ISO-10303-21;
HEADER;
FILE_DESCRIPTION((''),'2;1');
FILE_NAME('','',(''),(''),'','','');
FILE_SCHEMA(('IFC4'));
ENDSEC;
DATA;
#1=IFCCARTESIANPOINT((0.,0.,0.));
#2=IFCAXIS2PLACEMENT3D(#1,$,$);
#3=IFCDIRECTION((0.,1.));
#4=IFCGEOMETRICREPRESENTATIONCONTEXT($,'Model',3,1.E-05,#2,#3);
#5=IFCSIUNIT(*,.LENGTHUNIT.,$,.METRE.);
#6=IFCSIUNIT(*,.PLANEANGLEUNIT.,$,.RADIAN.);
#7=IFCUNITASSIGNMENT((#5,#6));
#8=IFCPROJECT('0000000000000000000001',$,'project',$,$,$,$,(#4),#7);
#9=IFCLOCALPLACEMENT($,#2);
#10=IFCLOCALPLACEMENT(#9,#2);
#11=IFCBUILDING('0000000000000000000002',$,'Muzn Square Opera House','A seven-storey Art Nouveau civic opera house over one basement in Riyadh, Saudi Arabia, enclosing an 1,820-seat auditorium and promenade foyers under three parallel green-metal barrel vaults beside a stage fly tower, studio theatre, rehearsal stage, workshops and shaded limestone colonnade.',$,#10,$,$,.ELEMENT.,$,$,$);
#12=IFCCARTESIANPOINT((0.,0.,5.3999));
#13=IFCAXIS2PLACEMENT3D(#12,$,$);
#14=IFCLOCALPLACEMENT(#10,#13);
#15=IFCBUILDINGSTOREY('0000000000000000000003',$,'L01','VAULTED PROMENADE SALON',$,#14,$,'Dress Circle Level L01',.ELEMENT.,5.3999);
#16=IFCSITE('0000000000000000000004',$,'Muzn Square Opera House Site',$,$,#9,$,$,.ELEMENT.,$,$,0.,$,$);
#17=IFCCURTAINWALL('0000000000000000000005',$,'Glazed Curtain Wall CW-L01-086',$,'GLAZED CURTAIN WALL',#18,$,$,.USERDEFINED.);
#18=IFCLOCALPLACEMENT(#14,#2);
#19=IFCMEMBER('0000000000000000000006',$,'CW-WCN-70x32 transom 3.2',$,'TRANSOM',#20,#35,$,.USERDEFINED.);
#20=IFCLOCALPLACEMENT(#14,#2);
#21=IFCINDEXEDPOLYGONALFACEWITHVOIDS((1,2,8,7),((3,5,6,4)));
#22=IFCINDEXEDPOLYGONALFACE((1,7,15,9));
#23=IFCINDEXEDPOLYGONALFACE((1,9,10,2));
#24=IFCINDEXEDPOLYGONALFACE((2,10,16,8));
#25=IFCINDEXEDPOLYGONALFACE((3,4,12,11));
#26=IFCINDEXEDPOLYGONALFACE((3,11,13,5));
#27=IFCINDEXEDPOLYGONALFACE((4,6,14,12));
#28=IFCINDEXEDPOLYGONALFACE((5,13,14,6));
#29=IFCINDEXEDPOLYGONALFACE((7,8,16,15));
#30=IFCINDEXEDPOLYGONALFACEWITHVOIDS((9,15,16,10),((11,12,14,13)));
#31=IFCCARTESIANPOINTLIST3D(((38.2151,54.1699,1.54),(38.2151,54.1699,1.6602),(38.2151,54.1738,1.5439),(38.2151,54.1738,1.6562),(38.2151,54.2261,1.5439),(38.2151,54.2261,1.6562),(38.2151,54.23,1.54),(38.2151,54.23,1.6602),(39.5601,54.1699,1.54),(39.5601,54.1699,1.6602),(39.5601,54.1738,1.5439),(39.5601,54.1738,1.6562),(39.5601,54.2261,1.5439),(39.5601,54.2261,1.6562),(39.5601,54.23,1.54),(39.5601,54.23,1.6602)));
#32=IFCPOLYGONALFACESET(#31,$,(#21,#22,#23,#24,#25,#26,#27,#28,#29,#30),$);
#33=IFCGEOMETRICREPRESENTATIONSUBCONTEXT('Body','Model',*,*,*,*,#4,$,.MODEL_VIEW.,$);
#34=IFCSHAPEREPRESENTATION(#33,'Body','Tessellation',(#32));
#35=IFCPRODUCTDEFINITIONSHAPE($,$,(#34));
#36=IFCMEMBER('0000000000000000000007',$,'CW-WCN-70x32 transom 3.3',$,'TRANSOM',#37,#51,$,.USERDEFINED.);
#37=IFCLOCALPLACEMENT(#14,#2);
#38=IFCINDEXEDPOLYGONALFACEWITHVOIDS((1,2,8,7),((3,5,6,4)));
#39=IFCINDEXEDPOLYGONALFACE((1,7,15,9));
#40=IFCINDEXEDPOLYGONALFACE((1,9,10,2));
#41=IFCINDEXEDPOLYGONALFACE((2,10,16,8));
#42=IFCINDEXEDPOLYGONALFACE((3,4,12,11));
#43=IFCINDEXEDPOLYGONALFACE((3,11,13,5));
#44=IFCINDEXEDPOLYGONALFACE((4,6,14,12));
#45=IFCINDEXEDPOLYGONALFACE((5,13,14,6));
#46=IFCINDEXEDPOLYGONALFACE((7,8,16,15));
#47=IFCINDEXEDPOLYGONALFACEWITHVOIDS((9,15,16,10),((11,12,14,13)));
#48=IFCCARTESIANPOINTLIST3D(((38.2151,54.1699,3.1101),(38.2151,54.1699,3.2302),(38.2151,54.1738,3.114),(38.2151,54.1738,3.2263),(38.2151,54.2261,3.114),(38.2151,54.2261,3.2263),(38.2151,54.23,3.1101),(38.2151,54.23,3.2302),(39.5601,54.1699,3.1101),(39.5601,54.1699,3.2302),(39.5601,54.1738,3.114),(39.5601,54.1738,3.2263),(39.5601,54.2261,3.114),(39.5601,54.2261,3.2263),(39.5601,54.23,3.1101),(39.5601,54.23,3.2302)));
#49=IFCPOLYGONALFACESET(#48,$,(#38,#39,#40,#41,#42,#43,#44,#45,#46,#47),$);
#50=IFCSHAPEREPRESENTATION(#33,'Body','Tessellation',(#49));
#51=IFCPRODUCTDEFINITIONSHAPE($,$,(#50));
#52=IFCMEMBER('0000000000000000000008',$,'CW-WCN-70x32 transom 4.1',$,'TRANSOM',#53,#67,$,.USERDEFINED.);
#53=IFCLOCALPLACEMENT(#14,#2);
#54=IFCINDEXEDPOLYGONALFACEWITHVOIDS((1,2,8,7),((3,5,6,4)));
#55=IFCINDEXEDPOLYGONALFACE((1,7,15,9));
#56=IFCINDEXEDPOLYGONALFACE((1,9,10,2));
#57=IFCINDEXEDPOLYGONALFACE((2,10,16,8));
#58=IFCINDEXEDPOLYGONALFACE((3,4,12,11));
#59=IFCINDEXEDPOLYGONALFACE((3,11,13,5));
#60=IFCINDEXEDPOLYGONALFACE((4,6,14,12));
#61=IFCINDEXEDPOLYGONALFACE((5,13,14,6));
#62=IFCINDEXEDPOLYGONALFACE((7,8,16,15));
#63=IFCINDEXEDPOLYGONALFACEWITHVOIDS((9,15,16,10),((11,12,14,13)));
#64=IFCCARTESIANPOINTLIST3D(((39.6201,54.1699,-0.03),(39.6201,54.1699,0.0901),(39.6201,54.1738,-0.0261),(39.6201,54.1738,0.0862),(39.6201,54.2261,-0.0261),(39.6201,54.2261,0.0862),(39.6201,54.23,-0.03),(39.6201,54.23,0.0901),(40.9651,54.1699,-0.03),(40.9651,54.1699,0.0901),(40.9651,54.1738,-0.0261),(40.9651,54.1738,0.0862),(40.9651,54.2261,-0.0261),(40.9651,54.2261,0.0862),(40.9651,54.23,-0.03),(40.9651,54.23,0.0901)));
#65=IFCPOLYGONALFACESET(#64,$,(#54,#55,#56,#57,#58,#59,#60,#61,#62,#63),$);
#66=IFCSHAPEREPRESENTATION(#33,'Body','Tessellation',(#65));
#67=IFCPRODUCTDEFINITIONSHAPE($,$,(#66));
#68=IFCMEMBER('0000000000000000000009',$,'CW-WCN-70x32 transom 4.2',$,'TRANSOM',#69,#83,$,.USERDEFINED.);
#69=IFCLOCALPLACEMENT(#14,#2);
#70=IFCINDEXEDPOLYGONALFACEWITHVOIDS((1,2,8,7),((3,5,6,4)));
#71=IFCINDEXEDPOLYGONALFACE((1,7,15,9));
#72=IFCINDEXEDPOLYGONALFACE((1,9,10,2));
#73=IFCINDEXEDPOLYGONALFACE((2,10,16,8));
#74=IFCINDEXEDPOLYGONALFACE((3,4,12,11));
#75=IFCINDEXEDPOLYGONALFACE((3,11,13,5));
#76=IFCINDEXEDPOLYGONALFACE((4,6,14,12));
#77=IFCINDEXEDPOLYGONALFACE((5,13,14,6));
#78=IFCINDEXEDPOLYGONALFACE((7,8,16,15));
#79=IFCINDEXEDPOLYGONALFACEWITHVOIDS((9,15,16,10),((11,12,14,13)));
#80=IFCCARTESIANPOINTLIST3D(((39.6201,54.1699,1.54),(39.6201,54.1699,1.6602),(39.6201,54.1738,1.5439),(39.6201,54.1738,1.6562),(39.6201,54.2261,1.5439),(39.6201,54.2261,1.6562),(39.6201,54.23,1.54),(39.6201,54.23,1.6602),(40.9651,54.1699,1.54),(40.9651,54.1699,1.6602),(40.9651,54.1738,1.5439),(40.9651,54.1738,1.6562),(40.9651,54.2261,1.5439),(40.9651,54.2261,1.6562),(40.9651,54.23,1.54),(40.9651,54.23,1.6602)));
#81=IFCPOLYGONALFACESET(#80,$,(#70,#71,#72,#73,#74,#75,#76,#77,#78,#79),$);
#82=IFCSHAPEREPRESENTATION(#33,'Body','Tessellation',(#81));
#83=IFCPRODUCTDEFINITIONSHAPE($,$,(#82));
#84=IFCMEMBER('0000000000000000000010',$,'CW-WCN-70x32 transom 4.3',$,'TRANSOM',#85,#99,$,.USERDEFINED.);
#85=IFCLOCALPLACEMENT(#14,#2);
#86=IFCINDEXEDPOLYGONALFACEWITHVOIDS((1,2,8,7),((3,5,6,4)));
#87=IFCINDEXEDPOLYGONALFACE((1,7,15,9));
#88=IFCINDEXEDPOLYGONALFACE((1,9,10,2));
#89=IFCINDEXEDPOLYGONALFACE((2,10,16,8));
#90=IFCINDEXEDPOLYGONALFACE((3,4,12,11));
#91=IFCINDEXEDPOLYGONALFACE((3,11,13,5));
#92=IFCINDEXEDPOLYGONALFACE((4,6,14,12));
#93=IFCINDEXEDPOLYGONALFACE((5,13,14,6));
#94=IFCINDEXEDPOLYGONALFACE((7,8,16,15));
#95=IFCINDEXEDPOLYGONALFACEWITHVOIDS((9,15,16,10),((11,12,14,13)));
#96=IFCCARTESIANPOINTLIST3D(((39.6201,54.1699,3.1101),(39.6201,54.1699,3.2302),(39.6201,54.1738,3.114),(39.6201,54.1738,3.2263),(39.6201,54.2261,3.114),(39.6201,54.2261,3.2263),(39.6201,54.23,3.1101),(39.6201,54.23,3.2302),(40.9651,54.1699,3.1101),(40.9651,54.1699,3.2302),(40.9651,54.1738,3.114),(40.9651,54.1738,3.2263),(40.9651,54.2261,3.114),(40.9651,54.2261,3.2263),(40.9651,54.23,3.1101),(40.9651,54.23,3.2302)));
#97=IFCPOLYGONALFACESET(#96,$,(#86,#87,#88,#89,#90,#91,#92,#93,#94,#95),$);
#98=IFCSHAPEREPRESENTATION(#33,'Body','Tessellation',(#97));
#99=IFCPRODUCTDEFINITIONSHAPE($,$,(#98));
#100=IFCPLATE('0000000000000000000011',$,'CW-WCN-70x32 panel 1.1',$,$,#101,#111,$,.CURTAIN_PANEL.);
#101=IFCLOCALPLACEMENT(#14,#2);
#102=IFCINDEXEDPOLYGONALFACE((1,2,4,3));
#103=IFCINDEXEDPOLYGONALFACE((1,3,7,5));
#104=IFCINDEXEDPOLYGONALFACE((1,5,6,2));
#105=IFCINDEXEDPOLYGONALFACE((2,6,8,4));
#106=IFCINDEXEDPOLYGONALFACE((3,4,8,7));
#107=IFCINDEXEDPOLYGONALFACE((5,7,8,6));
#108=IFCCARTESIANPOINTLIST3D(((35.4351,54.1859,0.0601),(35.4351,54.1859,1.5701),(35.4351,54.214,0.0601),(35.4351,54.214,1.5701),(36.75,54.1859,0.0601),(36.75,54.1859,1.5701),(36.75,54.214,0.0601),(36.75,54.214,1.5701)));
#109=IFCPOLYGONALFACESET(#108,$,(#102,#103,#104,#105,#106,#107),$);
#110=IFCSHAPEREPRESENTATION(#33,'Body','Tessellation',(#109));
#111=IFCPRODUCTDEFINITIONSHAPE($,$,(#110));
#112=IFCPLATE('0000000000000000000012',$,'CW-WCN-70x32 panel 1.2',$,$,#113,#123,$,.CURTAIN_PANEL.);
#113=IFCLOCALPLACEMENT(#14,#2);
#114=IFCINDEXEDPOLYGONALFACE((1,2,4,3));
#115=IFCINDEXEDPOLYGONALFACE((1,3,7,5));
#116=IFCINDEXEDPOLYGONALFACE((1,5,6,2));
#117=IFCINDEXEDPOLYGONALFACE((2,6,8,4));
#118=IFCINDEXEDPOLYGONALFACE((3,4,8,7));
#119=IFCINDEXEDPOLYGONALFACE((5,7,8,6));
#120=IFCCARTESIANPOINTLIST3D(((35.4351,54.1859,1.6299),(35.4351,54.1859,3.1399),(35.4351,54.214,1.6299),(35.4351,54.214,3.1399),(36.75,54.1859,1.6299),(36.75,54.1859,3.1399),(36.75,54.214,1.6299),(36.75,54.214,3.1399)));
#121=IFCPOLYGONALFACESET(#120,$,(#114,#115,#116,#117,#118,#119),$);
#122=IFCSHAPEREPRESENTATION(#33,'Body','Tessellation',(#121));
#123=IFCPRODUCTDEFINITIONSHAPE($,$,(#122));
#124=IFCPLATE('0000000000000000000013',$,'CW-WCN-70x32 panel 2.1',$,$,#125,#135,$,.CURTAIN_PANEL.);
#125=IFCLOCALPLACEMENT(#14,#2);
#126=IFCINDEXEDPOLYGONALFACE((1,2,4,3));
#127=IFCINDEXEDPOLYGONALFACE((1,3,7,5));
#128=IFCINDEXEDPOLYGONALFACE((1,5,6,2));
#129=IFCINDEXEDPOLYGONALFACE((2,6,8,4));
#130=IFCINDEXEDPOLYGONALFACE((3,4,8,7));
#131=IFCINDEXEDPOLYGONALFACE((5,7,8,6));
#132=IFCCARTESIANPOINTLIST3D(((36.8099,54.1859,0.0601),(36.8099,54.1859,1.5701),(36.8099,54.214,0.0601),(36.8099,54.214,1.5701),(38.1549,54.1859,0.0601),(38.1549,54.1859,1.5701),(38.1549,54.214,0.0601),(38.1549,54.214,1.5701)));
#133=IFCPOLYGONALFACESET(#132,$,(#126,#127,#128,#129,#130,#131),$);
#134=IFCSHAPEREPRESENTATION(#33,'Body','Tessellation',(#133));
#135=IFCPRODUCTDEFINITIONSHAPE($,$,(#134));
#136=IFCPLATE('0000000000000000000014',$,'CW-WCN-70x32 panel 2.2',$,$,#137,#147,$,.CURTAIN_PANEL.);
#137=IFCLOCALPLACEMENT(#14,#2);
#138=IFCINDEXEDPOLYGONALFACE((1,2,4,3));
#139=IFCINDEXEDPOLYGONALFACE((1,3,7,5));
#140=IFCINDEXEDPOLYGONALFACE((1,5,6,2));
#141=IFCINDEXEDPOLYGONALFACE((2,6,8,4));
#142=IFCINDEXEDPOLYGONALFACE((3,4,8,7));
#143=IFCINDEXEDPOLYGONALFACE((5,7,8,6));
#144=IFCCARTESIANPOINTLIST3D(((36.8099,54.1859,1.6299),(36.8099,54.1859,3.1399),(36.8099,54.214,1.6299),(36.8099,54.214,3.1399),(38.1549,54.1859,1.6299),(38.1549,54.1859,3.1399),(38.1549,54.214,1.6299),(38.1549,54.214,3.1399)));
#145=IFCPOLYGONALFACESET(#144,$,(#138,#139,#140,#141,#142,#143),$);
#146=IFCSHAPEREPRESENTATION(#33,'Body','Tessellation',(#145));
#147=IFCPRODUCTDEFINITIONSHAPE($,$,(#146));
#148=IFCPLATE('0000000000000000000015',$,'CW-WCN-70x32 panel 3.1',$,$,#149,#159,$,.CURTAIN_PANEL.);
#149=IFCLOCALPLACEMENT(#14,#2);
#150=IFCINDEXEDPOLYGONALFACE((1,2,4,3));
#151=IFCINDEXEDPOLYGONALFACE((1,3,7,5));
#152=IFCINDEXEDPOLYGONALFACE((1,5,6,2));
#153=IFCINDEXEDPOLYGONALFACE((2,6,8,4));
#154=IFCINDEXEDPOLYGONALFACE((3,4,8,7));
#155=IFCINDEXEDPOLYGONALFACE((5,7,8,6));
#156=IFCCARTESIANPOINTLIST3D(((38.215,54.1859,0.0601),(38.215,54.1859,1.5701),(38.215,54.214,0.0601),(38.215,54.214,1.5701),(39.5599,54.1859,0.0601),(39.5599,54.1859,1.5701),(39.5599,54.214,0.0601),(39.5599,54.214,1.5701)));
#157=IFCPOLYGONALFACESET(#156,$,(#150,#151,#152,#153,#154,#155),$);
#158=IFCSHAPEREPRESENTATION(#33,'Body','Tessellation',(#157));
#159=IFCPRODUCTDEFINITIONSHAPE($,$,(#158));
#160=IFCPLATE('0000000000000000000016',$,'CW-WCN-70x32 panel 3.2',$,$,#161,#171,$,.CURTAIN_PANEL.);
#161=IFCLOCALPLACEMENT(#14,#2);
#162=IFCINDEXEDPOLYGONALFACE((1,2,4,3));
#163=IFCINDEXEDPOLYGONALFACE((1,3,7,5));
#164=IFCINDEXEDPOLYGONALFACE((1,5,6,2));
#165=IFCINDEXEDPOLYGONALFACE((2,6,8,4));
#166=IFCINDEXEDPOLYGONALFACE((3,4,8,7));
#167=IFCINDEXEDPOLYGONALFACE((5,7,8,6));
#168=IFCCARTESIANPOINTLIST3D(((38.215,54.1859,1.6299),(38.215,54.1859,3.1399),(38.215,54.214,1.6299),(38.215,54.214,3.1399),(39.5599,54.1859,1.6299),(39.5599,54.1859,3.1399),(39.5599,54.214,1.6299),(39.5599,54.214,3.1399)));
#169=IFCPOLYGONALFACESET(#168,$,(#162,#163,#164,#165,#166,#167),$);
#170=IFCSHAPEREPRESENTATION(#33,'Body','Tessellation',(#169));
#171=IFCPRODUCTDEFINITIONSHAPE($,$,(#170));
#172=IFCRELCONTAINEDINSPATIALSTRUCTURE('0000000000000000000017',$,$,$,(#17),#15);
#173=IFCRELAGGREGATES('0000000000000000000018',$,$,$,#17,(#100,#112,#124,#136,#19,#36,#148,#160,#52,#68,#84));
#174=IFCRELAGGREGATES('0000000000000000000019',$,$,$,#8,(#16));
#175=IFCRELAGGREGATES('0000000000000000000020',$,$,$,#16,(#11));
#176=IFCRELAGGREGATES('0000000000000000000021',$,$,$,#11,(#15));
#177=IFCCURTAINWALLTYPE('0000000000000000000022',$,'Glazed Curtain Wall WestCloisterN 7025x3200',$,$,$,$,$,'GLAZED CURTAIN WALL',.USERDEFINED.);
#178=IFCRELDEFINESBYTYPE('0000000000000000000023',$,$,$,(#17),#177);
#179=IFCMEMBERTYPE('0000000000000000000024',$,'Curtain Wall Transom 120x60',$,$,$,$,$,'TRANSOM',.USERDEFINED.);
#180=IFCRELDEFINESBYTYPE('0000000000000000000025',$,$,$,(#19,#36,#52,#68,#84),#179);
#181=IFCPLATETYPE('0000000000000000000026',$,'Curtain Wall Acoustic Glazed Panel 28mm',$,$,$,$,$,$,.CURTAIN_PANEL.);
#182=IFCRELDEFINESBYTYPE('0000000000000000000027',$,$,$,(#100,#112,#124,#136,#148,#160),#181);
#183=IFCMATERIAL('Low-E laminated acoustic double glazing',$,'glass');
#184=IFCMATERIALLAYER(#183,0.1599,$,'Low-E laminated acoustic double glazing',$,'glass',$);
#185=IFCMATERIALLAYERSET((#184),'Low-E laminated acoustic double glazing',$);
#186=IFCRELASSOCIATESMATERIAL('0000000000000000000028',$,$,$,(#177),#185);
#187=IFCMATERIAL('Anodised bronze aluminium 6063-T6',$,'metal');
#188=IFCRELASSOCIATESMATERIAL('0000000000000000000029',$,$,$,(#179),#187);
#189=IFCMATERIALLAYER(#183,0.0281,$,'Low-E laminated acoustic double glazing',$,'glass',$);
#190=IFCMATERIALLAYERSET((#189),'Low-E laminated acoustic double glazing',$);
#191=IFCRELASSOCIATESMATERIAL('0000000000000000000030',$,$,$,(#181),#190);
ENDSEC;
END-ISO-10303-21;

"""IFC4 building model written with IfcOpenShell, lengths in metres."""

from ifc_helpers import new_model, si_unit, direction, frame, origin, origin_2d, place, context, subcontext, project, spatial, rectangle, hollow_rectangle, extrude, material, layer, layer_set, material_profile, profile_set, type_object, element, aggregate, save


model = new_model("IFC4")

# Units and contexts
model_context = context("Model", 3, precision=1e-05, world=origin(), true_north=direction((0.0, 1.0)))
body_context = subcontext(model_context, "Body", "Model", "MODEL_VIEW")
ifc_project = project(units=[si_unit("LENGTHUNIT", "METRE"), si_unit("PLANEANGLEUNIT", "RADIAN")], contexts=[model_context])

# Site, building, storey
site_placement = place(None, origin())
site = spatial("IfcSite", under=ifc_project, at=site_placement, Name="Muzn Square Opera House Site", CompositionType="ELEMENT", RefElevation=0.0)
building_placement = place(site_placement, origin())
building = spatial("IfcBuilding", under=site, at=building_placement, Name="Muzn Square Opera House", Description="A seven-storey Art Nouveau civic opera house over one basement in Riyadh, Saudi Arabia, enclosing an 1,820-seat auditorium and promenade foyers under three parallel green-metal barrel vaults beside a stage fly tower, studio theatre, rehearsal stage, workshops and shaded limestone colonnade.", CompositionType="ELEMENT")
storey_placement = place(building_placement, frame((0.0, 0.0, 5.3999)))
storey = spatial("IfcBuildingStorey", under=building, at=storey_placement, Name="L01", Description="VAULTED PROMENADE SALON", LongName="Dress Circle Level L01", CompositionType="ELEMENT", Elevation=5.3999)

# Curtain wall, members, plates
ifc_material_1 = material(Name="Low-E laminated acoustic double glazing", Category="glass")
ifc_layer_1 = layer(ifc_material_1, 0.1599, Name="Low-E laminated acoustic double glazing", Category="glass")
ifc_layer_set_1 = layer_set([ifc_layer_1], Name="Low-E laminated acoustic double glazing")
curtain_wall_type = type_object("IfcCurtainWallType", Name="Glazed Curtain Wall WestCloisterN 7025x3200", ElementType="GLAZED CURTAIN WALL", PredefinedType="USERDEFINED", material=ifc_layer_set_1)
curtain_wall_placement = place(storey_placement, origin())
curtain_wall = element("IfcCurtainWall", 1, at=curtain_wall_placement, inside=storey, type_object=curtain_wall_type, Name="Glazed Curtain Wall CW-L01-086", ObjectType="GLAZED CURTAIN WALL", PredefinedType="USERDEFINED")
ifc_material_2 = material(Name="Anodised bronze aluminium 6063-T6", Category="metal")
ifc_material_profile_1 = material_profile(ifc_material_2, hollow_rectangle(XDim=0.0601, YDim=0.1201, WallThickness=0.0039, at=origin_2d()), Name="ALU 120x60x4", Category="metal")
ifc_profile_set_1 = profile_set([ifc_material_profile_1], Name="Anodised bronze aluminium 6063-T6")
member_type_1 = type_object("IfcMemberType", Name="Curtain Wall Transom 120x60", ElementType="TRANSOM", PredefinedType="USERDEFINED", material=ifc_profile_set_1)
member_1_placement = place(storey_placement, frame((38.2151, 54.2, 1.6001), z_axis=(1.0, 0.0, 0.0), x_axis=(0.0, 1.0, 0.0)))
member_1 = element("IfcMember", 2, at=member_1_placement, type_object=member_type_1, Name="CW-WCN-70x32 transom 3.2", ObjectType="TRANSOM", PredefinedType="USERDEFINED", context=body_context, shape_type="SweptSolid", body=[
    extrude(hollow_rectangle(XDim=0.0601, YDim=0.1201, WallThickness=0.0039, at=origin_2d()), origin(), (0.0, 0.0, 1.0), 1.345),
])
member_2_placement = place(storey_placement, frame((38.2151, 54.2, 3.1702), z_axis=(1.0, 0.0, 0.0), x_axis=(0.0, 1.0, 0.0)))
member_2 = element("IfcMember", 3, at=member_2_placement, type_object=member_type_1, Name="CW-WCN-70x32 transom 3.3", ObjectType="TRANSOM", PredefinedType="USERDEFINED", context=body_context, shape_type="SweptSolid", body=[
    extrude(hollow_rectangle(XDim=0.0601, YDim=0.1201, WallThickness=0.0039, at=origin_2d()), origin(), (0.0, 0.0, 1.0), 1.345),
])
member_3_placement = place(storey_placement, frame((39.6201, 54.2, 0.03), z_axis=(1.0, 0.0, 0.0), x_axis=(0.0, 1.0, 0.0)))
member_3 = element("IfcMember", 4, at=member_3_placement, type_object=member_type_1, Name="CW-WCN-70x32 transom 4.1", ObjectType="TRANSOM", PredefinedType="USERDEFINED", context=body_context, shape_type="SweptSolid", body=[
    extrude(hollow_rectangle(XDim=0.0601, YDim=0.1201, WallThickness=0.0039, at=origin_2d()), origin(), (0.0, 0.0, 1.0), 1.345),
])
member_4_placement = place(storey_placement, frame((39.6201, 54.2, 1.6001), z_axis=(1.0, 0.0, 0.0), x_axis=(0.0, 1.0, 0.0)))
member_4 = element("IfcMember", 5, at=member_4_placement, type_object=member_type_1, Name="CW-WCN-70x32 transom 4.2", ObjectType="TRANSOM", PredefinedType="USERDEFINED", context=body_context, shape_type="SweptSolid", body=[
    extrude(hollow_rectangle(XDim=0.0601, YDim=0.1201, WallThickness=0.0039, at=origin_2d()), origin(), (0.0, 0.0, 1.0), 1.345),
])
member_5_placement = place(storey_placement, frame((39.6201, 54.2, 3.1702), z_axis=(1.0, 0.0, 0.0), x_axis=(0.0, 1.0, 0.0)))
member_5 = element("IfcMember", 6, at=member_5_placement, type_object=member_type_1, Name="CW-WCN-70x32 transom 4.3", ObjectType="TRANSOM", PredefinedType="USERDEFINED", context=body_context, shape_type="SweptSolid", body=[
    extrude(hollow_rectangle(XDim=0.0601, YDim=0.1201, WallThickness=0.0039, at=origin_2d()), origin(), (0.0, 0.0, 1.0), 1.345),
])
ifc_layer_2 = layer(ifc_material_1, 0.0281, Name="Low-E laminated acoustic double glazing", Category="glass")
ifc_layer_set_2 = layer_set([ifc_layer_2], Name="Low-E laminated acoustic double glazing")
plate_type = type_object("IfcPlateType", Name="Curtain Wall Acoustic Glazed Panel 28mm", PredefinedType="CURTAIN_PANEL", material=ifc_layer_set_2)
plate_1_placement = place(storey_placement, frame((36.0925, 54.2, 0.0601), z_axis=(0.0, 0.0, 1.0), x_axis=(1.0, 0.0, 0.0)))
plate_1 = element("IfcPlate", 7, at=plate_1_placement, type_object=plate_type, Name="CW-WCN-70x32 panel 1.1", PredefinedType="CURTAIN_PANEL", context=body_context, shape_type="SweptSolid", body=[
    extrude(rectangle(XDim=1.3149, YDim=0.0281, at=origin_2d()), origin(), (0.0, 0.0, 1.0), 1.51),
])
plate_2_placement = place(storey_placement, frame((36.0925, 54.2, 1.6299), z_axis=(0.0, 0.0, 1.0), x_axis=(1.0, 0.0, 0.0)))
plate_2 = element("IfcPlate", 8, at=plate_2_placement, type_object=plate_type, Name="CW-WCN-70x32 panel 1.2", PredefinedType="CURTAIN_PANEL", context=body_context, shape_type="SweptSolid", body=[
    extrude(rectangle(XDim=1.3149, YDim=0.0281, at=origin_2d()), origin(), (0.0, 0.0, 1.0), 1.51),
])
plate_3_placement = place(storey_placement, frame((37.4824, 54.2, 0.0601), z_axis=(0.0, 0.0, 1.0), x_axis=(1.0, 0.0, 0.0)))
plate_3 = element("IfcPlate", 9, at=plate_3_placement, type_object=plate_type, Name="CW-WCN-70x32 panel 2.1", PredefinedType="CURTAIN_PANEL", context=body_context, shape_type="SweptSolid", body=[
    extrude(rectangle(XDim=1.345, YDim=0.0281, at=origin_2d()), origin(), (0.0, 0.0, 1.0), 1.51),
])
plate_4_placement = place(storey_placement, frame((37.4824, 54.2, 1.6299), z_axis=(0.0, 0.0, 1.0), x_axis=(1.0, 0.0, 0.0)))
plate_4 = element("IfcPlate", 10, at=plate_4_placement, type_object=plate_type, Name="CW-WCN-70x32 panel 2.2", PredefinedType="CURTAIN_PANEL", context=body_context, shape_type="SweptSolid", body=[
    extrude(rectangle(XDim=1.345, YDim=0.0281, at=origin_2d()), origin(), (0.0, 0.0, 1.0), 1.51),
])
plate_5_placement = place(storey_placement, frame((38.8875, 54.2, 0.0601), z_axis=(0.0, 0.0, 1.0), x_axis=(1.0, 0.0, 0.0)))
plate_5 = element("IfcPlate", 11, at=plate_5_placement, type_object=plate_type, Name="CW-WCN-70x32 panel 3.1", PredefinedType="CURTAIN_PANEL", context=body_context, shape_type="SweptSolid", body=[
    extrude(rectangle(XDim=1.345, YDim=0.0281, at=origin_2d()), origin(), (0.0, 0.0, 1.0), 1.51),
])
plate_6_placement = place(storey_placement, frame((38.8875, 54.2, 1.6299), z_axis=(0.0, 0.0, 1.0), x_axis=(1.0, 0.0, 0.0)))
plate_6 = element("IfcPlate", 12, at=plate_6_placement, type_object=plate_type, Name="CW-WCN-70x32 panel 3.2", PredefinedType="CURTAIN_PANEL", context=body_context, shape_type="SweptSolid", body=[
    extrude(rectangle(XDim=1.345, YDim=0.0281, at=origin_2d()), origin(), (0.0, 0.0, 1.0), 1.51),
])
aggregate(curtain_wall, [plate_1, plate_2, plate_3, plate_4, member_1, member_2, plate_5, plate_6, member_3, member_4, member_5])

save(model, "model.ifc")
